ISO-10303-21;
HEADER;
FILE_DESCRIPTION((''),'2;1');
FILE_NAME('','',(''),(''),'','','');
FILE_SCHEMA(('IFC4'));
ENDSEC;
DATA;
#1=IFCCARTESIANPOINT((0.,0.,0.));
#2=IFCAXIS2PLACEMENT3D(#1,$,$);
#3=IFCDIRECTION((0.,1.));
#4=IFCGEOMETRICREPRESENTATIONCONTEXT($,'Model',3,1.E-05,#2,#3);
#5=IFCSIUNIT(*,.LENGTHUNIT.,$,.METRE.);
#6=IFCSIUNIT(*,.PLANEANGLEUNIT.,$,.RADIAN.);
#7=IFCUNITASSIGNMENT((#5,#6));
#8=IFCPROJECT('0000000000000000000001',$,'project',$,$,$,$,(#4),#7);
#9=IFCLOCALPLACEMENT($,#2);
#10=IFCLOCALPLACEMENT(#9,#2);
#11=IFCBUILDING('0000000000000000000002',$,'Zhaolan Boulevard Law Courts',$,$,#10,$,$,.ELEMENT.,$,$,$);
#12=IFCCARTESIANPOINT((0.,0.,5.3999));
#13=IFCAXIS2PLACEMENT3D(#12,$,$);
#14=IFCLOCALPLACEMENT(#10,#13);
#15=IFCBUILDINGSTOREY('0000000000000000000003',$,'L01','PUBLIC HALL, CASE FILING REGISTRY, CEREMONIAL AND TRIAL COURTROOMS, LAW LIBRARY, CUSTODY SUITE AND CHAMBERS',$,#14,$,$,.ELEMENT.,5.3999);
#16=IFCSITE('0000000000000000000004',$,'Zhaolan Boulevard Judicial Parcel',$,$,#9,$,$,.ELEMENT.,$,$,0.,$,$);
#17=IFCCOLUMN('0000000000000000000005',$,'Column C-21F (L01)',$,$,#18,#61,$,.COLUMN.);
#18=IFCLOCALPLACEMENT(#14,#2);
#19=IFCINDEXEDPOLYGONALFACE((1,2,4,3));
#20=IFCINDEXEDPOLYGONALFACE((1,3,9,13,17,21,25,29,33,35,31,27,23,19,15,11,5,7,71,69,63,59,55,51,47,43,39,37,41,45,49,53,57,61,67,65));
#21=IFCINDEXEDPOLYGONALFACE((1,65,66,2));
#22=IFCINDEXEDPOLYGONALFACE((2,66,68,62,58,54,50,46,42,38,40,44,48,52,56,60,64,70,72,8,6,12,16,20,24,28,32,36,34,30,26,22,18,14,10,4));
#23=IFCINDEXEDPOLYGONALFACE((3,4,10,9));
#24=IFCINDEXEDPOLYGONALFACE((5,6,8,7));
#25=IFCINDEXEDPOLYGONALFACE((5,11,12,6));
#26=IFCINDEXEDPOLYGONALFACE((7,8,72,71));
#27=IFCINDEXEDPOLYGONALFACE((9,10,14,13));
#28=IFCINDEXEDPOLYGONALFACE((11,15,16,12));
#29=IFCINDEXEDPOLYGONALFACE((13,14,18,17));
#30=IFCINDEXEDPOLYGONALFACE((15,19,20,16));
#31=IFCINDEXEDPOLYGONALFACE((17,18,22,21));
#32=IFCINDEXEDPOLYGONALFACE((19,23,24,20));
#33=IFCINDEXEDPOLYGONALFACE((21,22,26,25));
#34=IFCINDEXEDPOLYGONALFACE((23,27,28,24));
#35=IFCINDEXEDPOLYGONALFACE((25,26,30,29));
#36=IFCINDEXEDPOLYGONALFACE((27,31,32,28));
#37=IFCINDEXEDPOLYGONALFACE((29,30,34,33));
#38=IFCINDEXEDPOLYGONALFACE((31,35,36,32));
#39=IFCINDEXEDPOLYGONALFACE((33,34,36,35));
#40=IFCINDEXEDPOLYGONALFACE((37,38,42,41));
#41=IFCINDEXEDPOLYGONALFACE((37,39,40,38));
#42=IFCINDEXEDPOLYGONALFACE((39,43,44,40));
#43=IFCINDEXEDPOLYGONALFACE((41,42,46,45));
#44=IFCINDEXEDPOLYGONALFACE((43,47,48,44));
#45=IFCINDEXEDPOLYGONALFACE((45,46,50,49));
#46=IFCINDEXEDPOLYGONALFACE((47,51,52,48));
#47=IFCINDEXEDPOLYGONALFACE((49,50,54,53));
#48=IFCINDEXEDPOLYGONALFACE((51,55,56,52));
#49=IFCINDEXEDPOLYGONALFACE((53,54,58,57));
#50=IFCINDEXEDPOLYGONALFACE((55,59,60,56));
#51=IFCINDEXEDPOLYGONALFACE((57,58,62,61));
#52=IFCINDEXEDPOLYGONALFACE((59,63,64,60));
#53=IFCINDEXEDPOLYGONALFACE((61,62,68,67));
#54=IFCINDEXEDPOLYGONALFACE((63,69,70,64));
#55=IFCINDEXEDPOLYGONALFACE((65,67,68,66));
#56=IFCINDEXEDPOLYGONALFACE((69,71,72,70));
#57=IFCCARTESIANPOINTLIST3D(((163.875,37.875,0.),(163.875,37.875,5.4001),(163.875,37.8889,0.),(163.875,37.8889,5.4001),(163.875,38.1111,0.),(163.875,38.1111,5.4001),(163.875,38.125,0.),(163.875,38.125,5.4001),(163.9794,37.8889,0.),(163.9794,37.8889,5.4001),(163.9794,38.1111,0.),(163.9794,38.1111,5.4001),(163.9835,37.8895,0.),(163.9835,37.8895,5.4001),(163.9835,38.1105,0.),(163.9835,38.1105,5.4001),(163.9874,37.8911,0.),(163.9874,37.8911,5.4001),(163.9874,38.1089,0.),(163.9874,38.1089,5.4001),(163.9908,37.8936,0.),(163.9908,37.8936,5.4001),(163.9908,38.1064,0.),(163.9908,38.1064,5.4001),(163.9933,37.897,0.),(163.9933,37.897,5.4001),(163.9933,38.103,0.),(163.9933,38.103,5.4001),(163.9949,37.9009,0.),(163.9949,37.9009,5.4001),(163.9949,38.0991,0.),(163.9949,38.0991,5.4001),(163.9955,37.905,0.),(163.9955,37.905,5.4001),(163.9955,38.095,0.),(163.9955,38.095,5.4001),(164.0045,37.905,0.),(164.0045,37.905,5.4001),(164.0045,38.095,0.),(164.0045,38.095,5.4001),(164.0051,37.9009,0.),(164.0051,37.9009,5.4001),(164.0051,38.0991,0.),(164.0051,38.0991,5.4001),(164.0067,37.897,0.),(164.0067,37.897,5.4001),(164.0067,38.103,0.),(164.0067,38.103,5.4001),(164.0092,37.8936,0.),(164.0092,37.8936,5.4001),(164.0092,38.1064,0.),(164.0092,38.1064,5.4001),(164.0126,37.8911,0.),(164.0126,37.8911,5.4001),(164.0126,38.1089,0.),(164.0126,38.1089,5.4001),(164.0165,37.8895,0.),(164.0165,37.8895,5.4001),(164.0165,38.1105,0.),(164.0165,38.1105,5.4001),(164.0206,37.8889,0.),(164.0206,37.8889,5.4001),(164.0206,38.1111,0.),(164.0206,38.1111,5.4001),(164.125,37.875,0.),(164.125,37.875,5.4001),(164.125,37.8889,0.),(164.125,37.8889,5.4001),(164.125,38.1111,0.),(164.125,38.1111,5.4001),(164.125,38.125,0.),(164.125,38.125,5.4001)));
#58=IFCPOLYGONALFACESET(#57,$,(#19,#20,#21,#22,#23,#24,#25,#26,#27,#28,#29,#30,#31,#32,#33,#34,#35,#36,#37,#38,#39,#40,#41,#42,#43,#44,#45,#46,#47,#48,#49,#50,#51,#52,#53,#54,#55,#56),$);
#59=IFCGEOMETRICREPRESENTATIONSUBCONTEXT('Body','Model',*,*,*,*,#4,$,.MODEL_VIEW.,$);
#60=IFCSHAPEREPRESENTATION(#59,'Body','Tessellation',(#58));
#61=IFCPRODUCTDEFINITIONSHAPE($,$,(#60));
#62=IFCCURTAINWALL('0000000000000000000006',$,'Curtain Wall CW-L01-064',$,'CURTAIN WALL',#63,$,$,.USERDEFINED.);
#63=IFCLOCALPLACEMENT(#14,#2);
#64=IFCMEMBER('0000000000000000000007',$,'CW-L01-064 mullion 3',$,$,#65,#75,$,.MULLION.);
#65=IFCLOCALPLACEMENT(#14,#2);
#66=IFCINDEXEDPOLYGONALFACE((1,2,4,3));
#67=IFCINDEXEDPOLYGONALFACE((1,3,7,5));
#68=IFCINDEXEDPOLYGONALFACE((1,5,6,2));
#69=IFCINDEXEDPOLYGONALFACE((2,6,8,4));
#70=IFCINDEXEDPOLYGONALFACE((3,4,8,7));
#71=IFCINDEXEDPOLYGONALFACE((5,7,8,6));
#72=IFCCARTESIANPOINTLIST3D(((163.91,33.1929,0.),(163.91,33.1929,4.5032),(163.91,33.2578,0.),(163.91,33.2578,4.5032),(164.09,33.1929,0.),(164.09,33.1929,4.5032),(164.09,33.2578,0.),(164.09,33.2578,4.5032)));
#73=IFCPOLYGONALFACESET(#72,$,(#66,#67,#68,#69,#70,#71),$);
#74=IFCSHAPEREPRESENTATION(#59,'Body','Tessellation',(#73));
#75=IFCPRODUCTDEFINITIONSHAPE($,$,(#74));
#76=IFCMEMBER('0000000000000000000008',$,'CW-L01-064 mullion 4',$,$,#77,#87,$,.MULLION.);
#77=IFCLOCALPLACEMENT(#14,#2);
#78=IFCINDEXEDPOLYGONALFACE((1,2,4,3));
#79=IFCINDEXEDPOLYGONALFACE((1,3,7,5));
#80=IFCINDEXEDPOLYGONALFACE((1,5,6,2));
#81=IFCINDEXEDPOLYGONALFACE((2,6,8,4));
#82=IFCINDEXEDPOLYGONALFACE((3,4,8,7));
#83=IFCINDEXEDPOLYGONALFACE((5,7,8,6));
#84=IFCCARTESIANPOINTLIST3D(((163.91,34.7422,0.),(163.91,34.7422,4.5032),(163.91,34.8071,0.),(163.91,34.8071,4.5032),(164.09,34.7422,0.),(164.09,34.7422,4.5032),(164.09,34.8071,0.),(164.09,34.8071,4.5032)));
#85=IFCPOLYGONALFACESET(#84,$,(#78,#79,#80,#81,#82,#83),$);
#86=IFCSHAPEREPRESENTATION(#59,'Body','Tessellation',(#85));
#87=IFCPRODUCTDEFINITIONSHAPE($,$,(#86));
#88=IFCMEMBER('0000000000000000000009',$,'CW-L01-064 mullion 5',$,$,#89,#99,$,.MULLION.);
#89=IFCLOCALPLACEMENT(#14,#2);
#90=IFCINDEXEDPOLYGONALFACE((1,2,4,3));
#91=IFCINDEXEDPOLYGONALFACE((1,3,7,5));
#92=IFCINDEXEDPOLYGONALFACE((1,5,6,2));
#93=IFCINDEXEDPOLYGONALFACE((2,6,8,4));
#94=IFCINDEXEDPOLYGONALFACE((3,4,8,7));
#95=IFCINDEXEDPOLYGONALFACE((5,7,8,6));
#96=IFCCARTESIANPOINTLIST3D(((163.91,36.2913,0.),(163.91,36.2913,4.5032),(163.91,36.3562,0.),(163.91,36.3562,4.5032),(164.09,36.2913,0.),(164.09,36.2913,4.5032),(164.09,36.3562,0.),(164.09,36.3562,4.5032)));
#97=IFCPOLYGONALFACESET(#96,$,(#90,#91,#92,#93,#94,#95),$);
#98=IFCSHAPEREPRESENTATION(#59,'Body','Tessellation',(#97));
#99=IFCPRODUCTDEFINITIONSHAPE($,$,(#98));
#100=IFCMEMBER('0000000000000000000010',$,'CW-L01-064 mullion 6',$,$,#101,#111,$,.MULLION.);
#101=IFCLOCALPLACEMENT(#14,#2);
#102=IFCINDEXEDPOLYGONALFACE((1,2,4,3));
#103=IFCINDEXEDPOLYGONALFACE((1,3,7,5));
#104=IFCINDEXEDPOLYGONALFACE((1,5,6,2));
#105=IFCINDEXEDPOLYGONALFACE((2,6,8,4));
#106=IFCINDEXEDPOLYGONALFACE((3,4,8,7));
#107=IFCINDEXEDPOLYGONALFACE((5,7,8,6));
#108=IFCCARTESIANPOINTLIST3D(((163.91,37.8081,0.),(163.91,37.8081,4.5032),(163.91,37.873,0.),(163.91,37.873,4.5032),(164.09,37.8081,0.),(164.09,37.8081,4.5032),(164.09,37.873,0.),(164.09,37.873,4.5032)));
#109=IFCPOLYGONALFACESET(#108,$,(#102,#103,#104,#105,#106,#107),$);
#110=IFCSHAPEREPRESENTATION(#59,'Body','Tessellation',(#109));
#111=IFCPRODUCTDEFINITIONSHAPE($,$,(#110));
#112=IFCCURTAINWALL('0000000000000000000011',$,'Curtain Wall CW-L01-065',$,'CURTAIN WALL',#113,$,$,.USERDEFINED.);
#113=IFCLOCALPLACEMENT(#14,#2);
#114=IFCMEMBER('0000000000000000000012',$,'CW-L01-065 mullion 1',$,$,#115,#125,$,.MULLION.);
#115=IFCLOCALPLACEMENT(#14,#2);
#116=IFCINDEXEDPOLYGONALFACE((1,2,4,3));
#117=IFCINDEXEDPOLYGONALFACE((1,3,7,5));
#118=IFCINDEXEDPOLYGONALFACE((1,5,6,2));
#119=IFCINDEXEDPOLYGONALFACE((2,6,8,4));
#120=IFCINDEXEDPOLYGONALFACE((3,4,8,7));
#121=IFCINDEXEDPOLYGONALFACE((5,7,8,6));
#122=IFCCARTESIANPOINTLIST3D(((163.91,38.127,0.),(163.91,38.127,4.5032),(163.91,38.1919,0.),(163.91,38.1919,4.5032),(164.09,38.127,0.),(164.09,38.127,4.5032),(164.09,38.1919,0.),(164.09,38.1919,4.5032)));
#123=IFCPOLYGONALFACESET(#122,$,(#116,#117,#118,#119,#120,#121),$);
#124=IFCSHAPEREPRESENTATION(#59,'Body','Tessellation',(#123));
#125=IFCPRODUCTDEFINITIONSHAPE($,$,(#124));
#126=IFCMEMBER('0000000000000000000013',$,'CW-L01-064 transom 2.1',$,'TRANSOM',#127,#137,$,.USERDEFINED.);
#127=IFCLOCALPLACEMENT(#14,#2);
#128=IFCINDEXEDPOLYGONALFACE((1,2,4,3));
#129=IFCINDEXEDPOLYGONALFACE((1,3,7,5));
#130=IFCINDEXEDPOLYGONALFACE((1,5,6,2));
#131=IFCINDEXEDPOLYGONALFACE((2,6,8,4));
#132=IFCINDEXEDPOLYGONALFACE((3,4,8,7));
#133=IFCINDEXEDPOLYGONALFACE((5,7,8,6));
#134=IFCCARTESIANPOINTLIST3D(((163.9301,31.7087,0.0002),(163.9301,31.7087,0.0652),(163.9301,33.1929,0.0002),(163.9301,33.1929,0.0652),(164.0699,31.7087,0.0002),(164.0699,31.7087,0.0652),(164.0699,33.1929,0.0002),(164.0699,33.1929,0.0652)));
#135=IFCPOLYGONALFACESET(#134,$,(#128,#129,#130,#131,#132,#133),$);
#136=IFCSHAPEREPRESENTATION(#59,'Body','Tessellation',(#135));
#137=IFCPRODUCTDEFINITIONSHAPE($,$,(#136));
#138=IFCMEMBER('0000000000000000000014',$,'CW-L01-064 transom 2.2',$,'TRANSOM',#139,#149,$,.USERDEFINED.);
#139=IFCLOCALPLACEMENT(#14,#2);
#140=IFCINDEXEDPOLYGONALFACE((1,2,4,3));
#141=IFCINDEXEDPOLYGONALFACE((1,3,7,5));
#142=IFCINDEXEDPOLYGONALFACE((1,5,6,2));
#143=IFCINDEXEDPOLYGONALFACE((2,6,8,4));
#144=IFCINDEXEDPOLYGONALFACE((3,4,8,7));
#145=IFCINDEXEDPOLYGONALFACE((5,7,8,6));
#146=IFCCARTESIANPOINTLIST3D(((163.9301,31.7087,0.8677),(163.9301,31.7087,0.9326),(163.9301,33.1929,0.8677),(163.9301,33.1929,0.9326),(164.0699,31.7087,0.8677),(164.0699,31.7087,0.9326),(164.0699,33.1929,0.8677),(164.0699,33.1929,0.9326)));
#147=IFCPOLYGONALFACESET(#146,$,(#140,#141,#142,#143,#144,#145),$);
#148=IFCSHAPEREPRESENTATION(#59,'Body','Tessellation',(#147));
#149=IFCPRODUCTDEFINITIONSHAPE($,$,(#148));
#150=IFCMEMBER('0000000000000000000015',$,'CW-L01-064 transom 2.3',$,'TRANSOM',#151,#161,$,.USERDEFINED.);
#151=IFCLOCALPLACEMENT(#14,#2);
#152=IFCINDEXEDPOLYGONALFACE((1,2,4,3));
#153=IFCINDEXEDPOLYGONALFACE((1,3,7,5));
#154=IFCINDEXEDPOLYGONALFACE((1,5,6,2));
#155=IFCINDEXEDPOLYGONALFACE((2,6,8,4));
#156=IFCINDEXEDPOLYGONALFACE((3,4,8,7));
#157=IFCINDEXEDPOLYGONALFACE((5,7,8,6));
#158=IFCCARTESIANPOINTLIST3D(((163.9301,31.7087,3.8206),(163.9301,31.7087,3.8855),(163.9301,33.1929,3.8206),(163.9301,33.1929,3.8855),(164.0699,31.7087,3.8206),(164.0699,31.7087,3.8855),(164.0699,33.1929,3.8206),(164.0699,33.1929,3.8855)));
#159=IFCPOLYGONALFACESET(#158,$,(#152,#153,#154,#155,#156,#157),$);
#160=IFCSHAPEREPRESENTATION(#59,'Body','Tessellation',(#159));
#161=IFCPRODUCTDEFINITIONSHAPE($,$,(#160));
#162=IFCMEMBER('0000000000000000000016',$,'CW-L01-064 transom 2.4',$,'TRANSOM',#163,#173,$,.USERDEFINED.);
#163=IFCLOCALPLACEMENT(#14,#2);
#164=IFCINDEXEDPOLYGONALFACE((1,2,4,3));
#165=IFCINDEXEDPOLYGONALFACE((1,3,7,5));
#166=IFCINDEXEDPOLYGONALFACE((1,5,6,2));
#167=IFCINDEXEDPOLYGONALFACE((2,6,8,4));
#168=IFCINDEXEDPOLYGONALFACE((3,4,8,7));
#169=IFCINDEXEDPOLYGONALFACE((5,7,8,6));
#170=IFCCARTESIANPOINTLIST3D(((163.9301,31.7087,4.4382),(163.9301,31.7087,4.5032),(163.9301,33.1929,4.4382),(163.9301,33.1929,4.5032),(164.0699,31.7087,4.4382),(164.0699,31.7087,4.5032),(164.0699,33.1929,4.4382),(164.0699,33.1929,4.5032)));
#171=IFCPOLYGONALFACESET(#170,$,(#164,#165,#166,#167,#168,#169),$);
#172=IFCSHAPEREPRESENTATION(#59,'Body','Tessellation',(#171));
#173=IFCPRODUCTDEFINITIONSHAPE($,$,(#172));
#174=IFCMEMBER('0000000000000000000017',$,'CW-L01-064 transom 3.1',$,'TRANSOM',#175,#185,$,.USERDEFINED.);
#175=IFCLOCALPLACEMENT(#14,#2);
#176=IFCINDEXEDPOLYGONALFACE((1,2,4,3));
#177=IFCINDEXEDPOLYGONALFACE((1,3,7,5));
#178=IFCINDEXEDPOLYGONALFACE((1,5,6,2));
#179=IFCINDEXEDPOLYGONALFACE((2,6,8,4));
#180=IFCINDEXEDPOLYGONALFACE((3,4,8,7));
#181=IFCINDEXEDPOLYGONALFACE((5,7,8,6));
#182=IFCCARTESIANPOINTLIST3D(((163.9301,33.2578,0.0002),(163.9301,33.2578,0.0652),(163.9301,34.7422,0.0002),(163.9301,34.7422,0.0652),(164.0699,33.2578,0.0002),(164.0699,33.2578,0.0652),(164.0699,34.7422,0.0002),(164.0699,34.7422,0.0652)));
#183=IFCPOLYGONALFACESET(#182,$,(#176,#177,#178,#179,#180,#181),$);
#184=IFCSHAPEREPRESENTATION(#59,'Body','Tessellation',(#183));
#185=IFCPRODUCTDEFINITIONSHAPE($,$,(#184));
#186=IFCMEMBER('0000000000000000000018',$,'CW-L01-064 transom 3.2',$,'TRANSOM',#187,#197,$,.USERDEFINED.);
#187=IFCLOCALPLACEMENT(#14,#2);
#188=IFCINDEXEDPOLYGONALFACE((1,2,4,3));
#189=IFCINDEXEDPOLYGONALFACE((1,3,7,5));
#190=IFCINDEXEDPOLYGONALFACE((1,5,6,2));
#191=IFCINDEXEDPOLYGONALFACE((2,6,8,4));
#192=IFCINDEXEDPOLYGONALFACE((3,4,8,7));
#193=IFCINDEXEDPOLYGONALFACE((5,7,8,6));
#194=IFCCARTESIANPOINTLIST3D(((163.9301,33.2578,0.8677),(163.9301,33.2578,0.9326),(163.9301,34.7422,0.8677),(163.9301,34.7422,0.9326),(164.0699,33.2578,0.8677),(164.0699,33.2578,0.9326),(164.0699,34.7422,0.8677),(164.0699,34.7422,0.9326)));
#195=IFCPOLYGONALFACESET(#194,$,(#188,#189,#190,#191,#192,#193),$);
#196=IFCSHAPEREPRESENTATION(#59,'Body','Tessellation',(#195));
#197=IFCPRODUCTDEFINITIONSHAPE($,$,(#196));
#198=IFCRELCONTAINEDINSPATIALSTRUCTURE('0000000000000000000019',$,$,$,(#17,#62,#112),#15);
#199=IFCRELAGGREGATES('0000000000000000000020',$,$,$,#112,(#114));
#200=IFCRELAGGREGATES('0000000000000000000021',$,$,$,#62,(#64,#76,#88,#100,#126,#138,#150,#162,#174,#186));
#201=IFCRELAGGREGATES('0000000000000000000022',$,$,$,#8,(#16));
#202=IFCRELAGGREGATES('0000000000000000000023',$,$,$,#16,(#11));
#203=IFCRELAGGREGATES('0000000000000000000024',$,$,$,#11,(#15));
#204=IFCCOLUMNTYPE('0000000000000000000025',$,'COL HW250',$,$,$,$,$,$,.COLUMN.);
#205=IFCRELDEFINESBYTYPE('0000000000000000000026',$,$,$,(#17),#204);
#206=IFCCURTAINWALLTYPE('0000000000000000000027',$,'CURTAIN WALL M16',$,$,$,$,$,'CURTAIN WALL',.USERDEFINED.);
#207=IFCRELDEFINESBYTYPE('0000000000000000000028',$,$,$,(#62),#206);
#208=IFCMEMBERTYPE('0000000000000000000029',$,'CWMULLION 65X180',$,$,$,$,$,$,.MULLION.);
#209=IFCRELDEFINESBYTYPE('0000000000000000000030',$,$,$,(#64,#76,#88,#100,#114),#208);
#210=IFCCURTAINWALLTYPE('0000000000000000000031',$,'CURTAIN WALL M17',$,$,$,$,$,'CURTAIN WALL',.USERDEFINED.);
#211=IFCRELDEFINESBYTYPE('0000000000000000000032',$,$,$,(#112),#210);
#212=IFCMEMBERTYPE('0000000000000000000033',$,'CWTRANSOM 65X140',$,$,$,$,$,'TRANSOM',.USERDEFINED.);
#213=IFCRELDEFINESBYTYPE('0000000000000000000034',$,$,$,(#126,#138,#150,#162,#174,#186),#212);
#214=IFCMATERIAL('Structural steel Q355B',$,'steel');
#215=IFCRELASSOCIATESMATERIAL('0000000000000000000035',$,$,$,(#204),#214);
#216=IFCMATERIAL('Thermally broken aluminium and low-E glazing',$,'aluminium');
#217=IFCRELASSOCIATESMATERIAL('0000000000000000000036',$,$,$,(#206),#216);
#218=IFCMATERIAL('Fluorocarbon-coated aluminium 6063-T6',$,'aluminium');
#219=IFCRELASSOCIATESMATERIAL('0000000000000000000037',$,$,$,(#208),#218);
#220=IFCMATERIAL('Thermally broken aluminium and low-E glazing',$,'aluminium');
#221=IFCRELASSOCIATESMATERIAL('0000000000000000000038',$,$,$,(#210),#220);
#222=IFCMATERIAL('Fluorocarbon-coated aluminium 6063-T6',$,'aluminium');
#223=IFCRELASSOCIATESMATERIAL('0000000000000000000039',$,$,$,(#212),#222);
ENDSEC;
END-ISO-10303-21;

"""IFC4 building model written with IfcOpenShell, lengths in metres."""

from ifc_helpers import new_model, si_unit, direction, frame, origin, origin_2d, place, context, subcontext, project, spatial, rectangle, i_section, extrude, material, material_profile, profile_set, type_object, element, aggregate, save


model = new_model("IFC4")

# Units and contexts
model_context = context("Model", 3, precision=1e-05, world=origin(), true_north=direction((0.0, 1.0)))
body_context = subcontext(model_context, "Body", "Model", "MODEL_VIEW")
ifc_project = project(units=[si_unit("LENGTHUNIT", "METRE"), si_unit("PLANEANGLEUNIT", "RADIAN")], contexts=[model_context])

# Site, building, storey
site_placement = place(None, origin())
site = spatial("IfcSite", under=ifc_project, at=site_placement, Name="Zhaolan Boulevard Judicial Parcel", CompositionType="ELEMENT", RefElevation=0.0)
building_placement = place(site_placement, origin())
building = spatial("IfcBuilding", under=site, at=building_placement, Name="Zhaolan Boulevard Law Courts", CompositionType="ELEMENT")
storey_placement = place(building_placement, frame((0.0, 0.0, 5.3999)))
storey = spatial("IfcBuildingStorey", under=building, at=storey_placement, Name="L01", Description="PUBLIC HALL, CASE FILING REGISTRY, CEREMONIAL AND TRIAL COURTROOMS, LAW LIBRARY, CUSTODY SUITE AND CHAMBERS", CompositionType="ELEMENT", Elevation=5.3999)

# Column
ifc_material_1 = material(Name="Structural steel Q355B", Category="steel")
ifc_material_profile_1 = material_profile(ifc_material_1, i_section(OverallWidth=0.25, OverallDepth=0.25, WebThickness=0.009, FlangeThickness=0.0139, FilletRadius=0.0161, at=origin_2d()), Name="HW250x250")
ifc_profile_set_1 = profile_set([ifc_material_profile_1], Name="Structural steel Q355B")
column_type = type_object("IfcColumnType", Name="COL HW250", PredefinedType="COLUMN", material=ifc_profile_set_1)
column_placement = place(storey_placement, frame((164.0, 38.0, 0.0), z_axis=(0.0, 0.0, 1.0), x_axis=(1.0, 0.0, 0.0)))
element("IfcColumn", 1, at=column_placement, inside=storey, type_object=column_type, Name="Column C-21F (L01)", PredefinedType="COLUMN", context=body_context, shape_type="SweptSolid", body=[
    extrude(i_section(OverallWidth=0.25, OverallDepth=0.25, WebThickness=0.009, FlangeThickness=0.0139, FilletRadius=0.0161, at=origin_2d()), origin(), (0.0, 0.0, 1.0), 5.4001),
])

# Curtain wall, members
ifc_material_2 = material(Name="Thermally broken aluminium and low-E glazing", Category="aluminium")
curtain_wall_type_1 = type_object("IfcCurtainWallType", Name="CURTAIN WALL M16", ElementType="CURTAIN WALL", PredefinedType="USERDEFINED", material=ifc_material_2)
curtain_wall_1_placement = place(storey_placement, origin())
curtain_wall_1 = element("IfcCurtainWall", 2, at=curtain_wall_1_placement, inside=storey, type_object=curtain_wall_type_1, Name="Curtain Wall CW-L01-064", ObjectType="CURTAIN WALL", PredefinedType="USERDEFINED")
ifc_material_3 = material(Name="Fluorocarbon-coated aluminium 6063-T6", Category="aluminium")
ifc_material_profile_2 = material_profile(ifc_material_3, rectangle(XDim=0.1799, YDim=0.0649, at=origin_2d()), Name="AL65x180")
ifc_profile_set_2 = profile_set([ifc_material_profile_2], Name="Fluorocarbon-coated aluminium 6063-T6")
member_type_1 = type_object("IfcMemberType", Name="CWMULLION 65X180", PredefinedType="MULLION", material=ifc_profile_set_2)
member_1_placement = place(storey_placement, frame((164.0, 33.2253, 0.0), z_axis=(0.0, 0.0, 1.0), x_axis=(-1.0, 0.0, 0.0)))
member_1 = element("IfcMember", 3, at=member_1_placement, type_object=member_type_1, Name="CW-L01-064 mullion 3", PredefinedType="MULLION", context=body_context, shape_type="SweptSolid", body=[
    extrude(rectangle(XDim=0.1799, YDim=0.0649, at=origin_2d()), origin(), (0.0, 0.0, 1.0), 4.5032),
])
member_2_placement = place(storey_placement, frame((164.0, 34.7747, 0.0), z_axis=(0.0, 0.0, 1.0), x_axis=(-1.0, 0.0, 0.0)))
member_2 = element("IfcMember", 4, at=member_2_placement, type_object=member_type_1, Name="CW-L01-064 mullion 4", PredefinedType="MULLION", context=body_context, shape_type="SweptSolid", body=[
    extrude(rectangle(XDim=0.1799, YDim=0.0649, at=origin_2d()), origin(), (0.0, 0.0, 1.0), 4.5032),
])
member_3_placement = place(storey_placement, frame((164.0, 36.3237, 0.0), z_axis=(0.0, 0.0, 1.0), x_axis=(-1.0, 0.0, 0.0)))
member_3 = element("IfcMember", 5, at=member_3_placement, type_object=member_type_1, Name="CW-L01-064 mullion 5", PredefinedType="MULLION", context=body_context, shape_type="SweptSolid", body=[
    extrude(rectangle(XDim=0.1799, YDim=0.0649, at=origin_2d()), origin(), (0.0, 0.0, 1.0), 4.5032),
])
member_4_placement = place(storey_placement, frame((164.0, 37.8406, 0.0), z_axis=(0.0, 0.0, 1.0), x_axis=(-1.0, 0.0, 0.0)))
member_4 = element("IfcMember", 6, at=member_4_placement, type_object=member_type_1, Name="CW-L01-064 mullion 6", PredefinedType="MULLION", context=body_context, shape_type="SweptSolid", body=[
    extrude(rectangle(XDim=0.1799, YDim=0.0649, at=origin_2d()), origin(), (0.0, 0.0, 1.0), 4.5032),
])

# Curtain wall, member
ifc_material_4 = material(Name="Thermally broken aluminium and low-E glazing", Category="aluminium")
curtain_wall_type_2 = type_object("IfcCurtainWallType", Name="CURTAIN WALL M17", ElementType="CURTAIN WALL", PredefinedType="USERDEFINED", material=ifc_material_4)
curtain_wall_2_placement = place(storey_placement, origin())
curtain_wall_2 = element("IfcCurtainWall", 7, at=curtain_wall_2_placement, inside=storey, type_object=curtain_wall_type_2, Name="Curtain Wall CW-L01-065", ObjectType="CURTAIN WALL", PredefinedType="USERDEFINED")
member_5_placement = place(storey_placement, frame((164.0, 38.1594, 0.0), z_axis=(0.0, 0.0, 1.0), x_axis=(-1.0, 0.0, 0.0)))
member_5 = element("IfcMember", 8, at=member_5_placement, type_object=member_type_1, Name="CW-L01-065 mullion 1", PredefinedType="MULLION", context=body_context, shape_type="SweptSolid", body=[
    extrude(rectangle(XDim=0.1799, YDim=0.0649, at=origin_2d()), origin(), (0.0, 0.0, 1.0), 4.5032),
])

# Members
ifc_material_5 = material(Name="Fluorocarbon-coated aluminium 6063-T6", Category="aluminium")
ifc_material_profile_3 = material_profile(ifc_material_5, rectangle(XDim=0.1399, YDim=0.0649, at=origin_2d()), Name="AL65x140")
ifc_profile_set_3 = profile_set([ifc_material_profile_3], Name="Fluorocarbon-coated aluminium 6063-T6")
member_type_2 = type_object("IfcMemberType", Name="CWTRANSOM 65X140", ElementType="TRANSOM", PredefinedType="USERDEFINED", material=ifc_profile_set_3)
member_6_placement = place(storey_placement, frame((164.0, 31.7087, 0.0327), z_axis=(0.0, 1.0, 0.0), x_axis=(-1.0, 0.0, 0.0)))
member_6 = element("IfcMember", 9, at=member_6_placement, type_object=member_type_2, Name="CW-L01-064 transom 2.1", ObjectType="TRANSOM", PredefinedType="USERDEFINED", context=body_context, shape_type="SweptSolid", body=[
    extrude(rectangle(XDim=0.1399, YDim=0.0649, at=origin_2d()), origin(), (0.0, 0.0, 1.0), 1.4841),
])
member_7_placement = place(storey_placement, frame((164.0, 31.7087, 0.9001), z_axis=(0.0, 1.0, 0.0), x_axis=(-1.0, 0.0, 0.0)))
member_7 = element("IfcMember", 10, at=member_7_placement, type_object=member_type_2, Name="CW-L01-064 transom 2.2", ObjectType="TRANSOM", PredefinedType="USERDEFINED", context=body_context, shape_type="SweptSolid", body=[
    extrude(rectangle(XDim=0.1399, YDim=0.0649, at=origin_2d()), origin(), (0.0, 0.0, 1.0), 1.4841),
])
member_8_placement = place(storey_placement, frame((164.0, 31.7087, 3.853), z_axis=(0.0, 1.0, 0.0), x_axis=(-1.0, 0.0, 0.0)))
member_8 = element("IfcMember", 11, at=member_8_placement, type_object=member_type_2, Name="CW-L01-064 transom 2.3", ObjectType="TRANSOM", PredefinedType="USERDEFINED", context=body_context, shape_type="SweptSolid", body=[
    extrude(rectangle(XDim=0.1399, YDim=0.0649, at=origin_2d()), origin(), (0.0, 0.0, 1.0), 1.4841),
])
member_9_placement = place(storey_placement, frame((164.0, 31.7087, 4.4707), z_axis=(0.0, 1.0, 0.0), x_axis=(-1.0, 0.0, 0.0)))
member_9 = element("IfcMember", 12, at=member_9_placement, type_object=member_type_2, Name="CW-L01-064 transom 2.4", ObjectType="TRANSOM", PredefinedType="USERDEFINED", context=body_context, shape_type="SweptSolid", body=[
    extrude(rectangle(XDim=0.1399, YDim=0.0649, at=origin_2d()), origin(), (0.0, 0.0, 1.0), 1.4841),
])
member_10_placement = place(storey_placement, frame((164.0, 33.2578, 0.0327), z_axis=(0.0, 1.0, 0.0), x_axis=(-1.0, 0.0, 0.0)))
member_10 = element("IfcMember", 13, at=member_10_placement, type_object=member_type_2, Name="CW-L01-064 transom 3.1", ObjectType="TRANSOM", PredefinedType="USERDEFINED", context=body_context, shape_type="SweptSolid", body=[
    extrude(rectangle(XDim=0.1399, YDim=0.0649, at=origin_2d()), origin(), (0.0, 0.0, 1.0), 1.4844),
])
member_11_placement = place(storey_placement, frame((164.0, 33.2578, 0.9001), z_axis=(0.0, 1.0, 0.0), x_axis=(-1.0, 0.0, 0.0)))
member_11 = element("IfcMember", 14, at=member_11_placement, type_object=member_type_2, Name="CW-L01-064 transom 3.2", ObjectType="TRANSOM", PredefinedType="USERDEFINED", context=body_context, shape_type="SweptSolid", body=[
    extrude(rectangle(XDim=0.1399, YDim=0.0649, at=origin_2d()), origin(), (0.0, 0.0, 1.0), 1.4844),
])
aggregate(curtain_wall_2, [member_5])

aggregate(curtain_wall_1, [member_1, member_2, member_3, member_4, member_6, member_7, member_8, member_9, member_10, member_11])

save(model, "model.ifc")
